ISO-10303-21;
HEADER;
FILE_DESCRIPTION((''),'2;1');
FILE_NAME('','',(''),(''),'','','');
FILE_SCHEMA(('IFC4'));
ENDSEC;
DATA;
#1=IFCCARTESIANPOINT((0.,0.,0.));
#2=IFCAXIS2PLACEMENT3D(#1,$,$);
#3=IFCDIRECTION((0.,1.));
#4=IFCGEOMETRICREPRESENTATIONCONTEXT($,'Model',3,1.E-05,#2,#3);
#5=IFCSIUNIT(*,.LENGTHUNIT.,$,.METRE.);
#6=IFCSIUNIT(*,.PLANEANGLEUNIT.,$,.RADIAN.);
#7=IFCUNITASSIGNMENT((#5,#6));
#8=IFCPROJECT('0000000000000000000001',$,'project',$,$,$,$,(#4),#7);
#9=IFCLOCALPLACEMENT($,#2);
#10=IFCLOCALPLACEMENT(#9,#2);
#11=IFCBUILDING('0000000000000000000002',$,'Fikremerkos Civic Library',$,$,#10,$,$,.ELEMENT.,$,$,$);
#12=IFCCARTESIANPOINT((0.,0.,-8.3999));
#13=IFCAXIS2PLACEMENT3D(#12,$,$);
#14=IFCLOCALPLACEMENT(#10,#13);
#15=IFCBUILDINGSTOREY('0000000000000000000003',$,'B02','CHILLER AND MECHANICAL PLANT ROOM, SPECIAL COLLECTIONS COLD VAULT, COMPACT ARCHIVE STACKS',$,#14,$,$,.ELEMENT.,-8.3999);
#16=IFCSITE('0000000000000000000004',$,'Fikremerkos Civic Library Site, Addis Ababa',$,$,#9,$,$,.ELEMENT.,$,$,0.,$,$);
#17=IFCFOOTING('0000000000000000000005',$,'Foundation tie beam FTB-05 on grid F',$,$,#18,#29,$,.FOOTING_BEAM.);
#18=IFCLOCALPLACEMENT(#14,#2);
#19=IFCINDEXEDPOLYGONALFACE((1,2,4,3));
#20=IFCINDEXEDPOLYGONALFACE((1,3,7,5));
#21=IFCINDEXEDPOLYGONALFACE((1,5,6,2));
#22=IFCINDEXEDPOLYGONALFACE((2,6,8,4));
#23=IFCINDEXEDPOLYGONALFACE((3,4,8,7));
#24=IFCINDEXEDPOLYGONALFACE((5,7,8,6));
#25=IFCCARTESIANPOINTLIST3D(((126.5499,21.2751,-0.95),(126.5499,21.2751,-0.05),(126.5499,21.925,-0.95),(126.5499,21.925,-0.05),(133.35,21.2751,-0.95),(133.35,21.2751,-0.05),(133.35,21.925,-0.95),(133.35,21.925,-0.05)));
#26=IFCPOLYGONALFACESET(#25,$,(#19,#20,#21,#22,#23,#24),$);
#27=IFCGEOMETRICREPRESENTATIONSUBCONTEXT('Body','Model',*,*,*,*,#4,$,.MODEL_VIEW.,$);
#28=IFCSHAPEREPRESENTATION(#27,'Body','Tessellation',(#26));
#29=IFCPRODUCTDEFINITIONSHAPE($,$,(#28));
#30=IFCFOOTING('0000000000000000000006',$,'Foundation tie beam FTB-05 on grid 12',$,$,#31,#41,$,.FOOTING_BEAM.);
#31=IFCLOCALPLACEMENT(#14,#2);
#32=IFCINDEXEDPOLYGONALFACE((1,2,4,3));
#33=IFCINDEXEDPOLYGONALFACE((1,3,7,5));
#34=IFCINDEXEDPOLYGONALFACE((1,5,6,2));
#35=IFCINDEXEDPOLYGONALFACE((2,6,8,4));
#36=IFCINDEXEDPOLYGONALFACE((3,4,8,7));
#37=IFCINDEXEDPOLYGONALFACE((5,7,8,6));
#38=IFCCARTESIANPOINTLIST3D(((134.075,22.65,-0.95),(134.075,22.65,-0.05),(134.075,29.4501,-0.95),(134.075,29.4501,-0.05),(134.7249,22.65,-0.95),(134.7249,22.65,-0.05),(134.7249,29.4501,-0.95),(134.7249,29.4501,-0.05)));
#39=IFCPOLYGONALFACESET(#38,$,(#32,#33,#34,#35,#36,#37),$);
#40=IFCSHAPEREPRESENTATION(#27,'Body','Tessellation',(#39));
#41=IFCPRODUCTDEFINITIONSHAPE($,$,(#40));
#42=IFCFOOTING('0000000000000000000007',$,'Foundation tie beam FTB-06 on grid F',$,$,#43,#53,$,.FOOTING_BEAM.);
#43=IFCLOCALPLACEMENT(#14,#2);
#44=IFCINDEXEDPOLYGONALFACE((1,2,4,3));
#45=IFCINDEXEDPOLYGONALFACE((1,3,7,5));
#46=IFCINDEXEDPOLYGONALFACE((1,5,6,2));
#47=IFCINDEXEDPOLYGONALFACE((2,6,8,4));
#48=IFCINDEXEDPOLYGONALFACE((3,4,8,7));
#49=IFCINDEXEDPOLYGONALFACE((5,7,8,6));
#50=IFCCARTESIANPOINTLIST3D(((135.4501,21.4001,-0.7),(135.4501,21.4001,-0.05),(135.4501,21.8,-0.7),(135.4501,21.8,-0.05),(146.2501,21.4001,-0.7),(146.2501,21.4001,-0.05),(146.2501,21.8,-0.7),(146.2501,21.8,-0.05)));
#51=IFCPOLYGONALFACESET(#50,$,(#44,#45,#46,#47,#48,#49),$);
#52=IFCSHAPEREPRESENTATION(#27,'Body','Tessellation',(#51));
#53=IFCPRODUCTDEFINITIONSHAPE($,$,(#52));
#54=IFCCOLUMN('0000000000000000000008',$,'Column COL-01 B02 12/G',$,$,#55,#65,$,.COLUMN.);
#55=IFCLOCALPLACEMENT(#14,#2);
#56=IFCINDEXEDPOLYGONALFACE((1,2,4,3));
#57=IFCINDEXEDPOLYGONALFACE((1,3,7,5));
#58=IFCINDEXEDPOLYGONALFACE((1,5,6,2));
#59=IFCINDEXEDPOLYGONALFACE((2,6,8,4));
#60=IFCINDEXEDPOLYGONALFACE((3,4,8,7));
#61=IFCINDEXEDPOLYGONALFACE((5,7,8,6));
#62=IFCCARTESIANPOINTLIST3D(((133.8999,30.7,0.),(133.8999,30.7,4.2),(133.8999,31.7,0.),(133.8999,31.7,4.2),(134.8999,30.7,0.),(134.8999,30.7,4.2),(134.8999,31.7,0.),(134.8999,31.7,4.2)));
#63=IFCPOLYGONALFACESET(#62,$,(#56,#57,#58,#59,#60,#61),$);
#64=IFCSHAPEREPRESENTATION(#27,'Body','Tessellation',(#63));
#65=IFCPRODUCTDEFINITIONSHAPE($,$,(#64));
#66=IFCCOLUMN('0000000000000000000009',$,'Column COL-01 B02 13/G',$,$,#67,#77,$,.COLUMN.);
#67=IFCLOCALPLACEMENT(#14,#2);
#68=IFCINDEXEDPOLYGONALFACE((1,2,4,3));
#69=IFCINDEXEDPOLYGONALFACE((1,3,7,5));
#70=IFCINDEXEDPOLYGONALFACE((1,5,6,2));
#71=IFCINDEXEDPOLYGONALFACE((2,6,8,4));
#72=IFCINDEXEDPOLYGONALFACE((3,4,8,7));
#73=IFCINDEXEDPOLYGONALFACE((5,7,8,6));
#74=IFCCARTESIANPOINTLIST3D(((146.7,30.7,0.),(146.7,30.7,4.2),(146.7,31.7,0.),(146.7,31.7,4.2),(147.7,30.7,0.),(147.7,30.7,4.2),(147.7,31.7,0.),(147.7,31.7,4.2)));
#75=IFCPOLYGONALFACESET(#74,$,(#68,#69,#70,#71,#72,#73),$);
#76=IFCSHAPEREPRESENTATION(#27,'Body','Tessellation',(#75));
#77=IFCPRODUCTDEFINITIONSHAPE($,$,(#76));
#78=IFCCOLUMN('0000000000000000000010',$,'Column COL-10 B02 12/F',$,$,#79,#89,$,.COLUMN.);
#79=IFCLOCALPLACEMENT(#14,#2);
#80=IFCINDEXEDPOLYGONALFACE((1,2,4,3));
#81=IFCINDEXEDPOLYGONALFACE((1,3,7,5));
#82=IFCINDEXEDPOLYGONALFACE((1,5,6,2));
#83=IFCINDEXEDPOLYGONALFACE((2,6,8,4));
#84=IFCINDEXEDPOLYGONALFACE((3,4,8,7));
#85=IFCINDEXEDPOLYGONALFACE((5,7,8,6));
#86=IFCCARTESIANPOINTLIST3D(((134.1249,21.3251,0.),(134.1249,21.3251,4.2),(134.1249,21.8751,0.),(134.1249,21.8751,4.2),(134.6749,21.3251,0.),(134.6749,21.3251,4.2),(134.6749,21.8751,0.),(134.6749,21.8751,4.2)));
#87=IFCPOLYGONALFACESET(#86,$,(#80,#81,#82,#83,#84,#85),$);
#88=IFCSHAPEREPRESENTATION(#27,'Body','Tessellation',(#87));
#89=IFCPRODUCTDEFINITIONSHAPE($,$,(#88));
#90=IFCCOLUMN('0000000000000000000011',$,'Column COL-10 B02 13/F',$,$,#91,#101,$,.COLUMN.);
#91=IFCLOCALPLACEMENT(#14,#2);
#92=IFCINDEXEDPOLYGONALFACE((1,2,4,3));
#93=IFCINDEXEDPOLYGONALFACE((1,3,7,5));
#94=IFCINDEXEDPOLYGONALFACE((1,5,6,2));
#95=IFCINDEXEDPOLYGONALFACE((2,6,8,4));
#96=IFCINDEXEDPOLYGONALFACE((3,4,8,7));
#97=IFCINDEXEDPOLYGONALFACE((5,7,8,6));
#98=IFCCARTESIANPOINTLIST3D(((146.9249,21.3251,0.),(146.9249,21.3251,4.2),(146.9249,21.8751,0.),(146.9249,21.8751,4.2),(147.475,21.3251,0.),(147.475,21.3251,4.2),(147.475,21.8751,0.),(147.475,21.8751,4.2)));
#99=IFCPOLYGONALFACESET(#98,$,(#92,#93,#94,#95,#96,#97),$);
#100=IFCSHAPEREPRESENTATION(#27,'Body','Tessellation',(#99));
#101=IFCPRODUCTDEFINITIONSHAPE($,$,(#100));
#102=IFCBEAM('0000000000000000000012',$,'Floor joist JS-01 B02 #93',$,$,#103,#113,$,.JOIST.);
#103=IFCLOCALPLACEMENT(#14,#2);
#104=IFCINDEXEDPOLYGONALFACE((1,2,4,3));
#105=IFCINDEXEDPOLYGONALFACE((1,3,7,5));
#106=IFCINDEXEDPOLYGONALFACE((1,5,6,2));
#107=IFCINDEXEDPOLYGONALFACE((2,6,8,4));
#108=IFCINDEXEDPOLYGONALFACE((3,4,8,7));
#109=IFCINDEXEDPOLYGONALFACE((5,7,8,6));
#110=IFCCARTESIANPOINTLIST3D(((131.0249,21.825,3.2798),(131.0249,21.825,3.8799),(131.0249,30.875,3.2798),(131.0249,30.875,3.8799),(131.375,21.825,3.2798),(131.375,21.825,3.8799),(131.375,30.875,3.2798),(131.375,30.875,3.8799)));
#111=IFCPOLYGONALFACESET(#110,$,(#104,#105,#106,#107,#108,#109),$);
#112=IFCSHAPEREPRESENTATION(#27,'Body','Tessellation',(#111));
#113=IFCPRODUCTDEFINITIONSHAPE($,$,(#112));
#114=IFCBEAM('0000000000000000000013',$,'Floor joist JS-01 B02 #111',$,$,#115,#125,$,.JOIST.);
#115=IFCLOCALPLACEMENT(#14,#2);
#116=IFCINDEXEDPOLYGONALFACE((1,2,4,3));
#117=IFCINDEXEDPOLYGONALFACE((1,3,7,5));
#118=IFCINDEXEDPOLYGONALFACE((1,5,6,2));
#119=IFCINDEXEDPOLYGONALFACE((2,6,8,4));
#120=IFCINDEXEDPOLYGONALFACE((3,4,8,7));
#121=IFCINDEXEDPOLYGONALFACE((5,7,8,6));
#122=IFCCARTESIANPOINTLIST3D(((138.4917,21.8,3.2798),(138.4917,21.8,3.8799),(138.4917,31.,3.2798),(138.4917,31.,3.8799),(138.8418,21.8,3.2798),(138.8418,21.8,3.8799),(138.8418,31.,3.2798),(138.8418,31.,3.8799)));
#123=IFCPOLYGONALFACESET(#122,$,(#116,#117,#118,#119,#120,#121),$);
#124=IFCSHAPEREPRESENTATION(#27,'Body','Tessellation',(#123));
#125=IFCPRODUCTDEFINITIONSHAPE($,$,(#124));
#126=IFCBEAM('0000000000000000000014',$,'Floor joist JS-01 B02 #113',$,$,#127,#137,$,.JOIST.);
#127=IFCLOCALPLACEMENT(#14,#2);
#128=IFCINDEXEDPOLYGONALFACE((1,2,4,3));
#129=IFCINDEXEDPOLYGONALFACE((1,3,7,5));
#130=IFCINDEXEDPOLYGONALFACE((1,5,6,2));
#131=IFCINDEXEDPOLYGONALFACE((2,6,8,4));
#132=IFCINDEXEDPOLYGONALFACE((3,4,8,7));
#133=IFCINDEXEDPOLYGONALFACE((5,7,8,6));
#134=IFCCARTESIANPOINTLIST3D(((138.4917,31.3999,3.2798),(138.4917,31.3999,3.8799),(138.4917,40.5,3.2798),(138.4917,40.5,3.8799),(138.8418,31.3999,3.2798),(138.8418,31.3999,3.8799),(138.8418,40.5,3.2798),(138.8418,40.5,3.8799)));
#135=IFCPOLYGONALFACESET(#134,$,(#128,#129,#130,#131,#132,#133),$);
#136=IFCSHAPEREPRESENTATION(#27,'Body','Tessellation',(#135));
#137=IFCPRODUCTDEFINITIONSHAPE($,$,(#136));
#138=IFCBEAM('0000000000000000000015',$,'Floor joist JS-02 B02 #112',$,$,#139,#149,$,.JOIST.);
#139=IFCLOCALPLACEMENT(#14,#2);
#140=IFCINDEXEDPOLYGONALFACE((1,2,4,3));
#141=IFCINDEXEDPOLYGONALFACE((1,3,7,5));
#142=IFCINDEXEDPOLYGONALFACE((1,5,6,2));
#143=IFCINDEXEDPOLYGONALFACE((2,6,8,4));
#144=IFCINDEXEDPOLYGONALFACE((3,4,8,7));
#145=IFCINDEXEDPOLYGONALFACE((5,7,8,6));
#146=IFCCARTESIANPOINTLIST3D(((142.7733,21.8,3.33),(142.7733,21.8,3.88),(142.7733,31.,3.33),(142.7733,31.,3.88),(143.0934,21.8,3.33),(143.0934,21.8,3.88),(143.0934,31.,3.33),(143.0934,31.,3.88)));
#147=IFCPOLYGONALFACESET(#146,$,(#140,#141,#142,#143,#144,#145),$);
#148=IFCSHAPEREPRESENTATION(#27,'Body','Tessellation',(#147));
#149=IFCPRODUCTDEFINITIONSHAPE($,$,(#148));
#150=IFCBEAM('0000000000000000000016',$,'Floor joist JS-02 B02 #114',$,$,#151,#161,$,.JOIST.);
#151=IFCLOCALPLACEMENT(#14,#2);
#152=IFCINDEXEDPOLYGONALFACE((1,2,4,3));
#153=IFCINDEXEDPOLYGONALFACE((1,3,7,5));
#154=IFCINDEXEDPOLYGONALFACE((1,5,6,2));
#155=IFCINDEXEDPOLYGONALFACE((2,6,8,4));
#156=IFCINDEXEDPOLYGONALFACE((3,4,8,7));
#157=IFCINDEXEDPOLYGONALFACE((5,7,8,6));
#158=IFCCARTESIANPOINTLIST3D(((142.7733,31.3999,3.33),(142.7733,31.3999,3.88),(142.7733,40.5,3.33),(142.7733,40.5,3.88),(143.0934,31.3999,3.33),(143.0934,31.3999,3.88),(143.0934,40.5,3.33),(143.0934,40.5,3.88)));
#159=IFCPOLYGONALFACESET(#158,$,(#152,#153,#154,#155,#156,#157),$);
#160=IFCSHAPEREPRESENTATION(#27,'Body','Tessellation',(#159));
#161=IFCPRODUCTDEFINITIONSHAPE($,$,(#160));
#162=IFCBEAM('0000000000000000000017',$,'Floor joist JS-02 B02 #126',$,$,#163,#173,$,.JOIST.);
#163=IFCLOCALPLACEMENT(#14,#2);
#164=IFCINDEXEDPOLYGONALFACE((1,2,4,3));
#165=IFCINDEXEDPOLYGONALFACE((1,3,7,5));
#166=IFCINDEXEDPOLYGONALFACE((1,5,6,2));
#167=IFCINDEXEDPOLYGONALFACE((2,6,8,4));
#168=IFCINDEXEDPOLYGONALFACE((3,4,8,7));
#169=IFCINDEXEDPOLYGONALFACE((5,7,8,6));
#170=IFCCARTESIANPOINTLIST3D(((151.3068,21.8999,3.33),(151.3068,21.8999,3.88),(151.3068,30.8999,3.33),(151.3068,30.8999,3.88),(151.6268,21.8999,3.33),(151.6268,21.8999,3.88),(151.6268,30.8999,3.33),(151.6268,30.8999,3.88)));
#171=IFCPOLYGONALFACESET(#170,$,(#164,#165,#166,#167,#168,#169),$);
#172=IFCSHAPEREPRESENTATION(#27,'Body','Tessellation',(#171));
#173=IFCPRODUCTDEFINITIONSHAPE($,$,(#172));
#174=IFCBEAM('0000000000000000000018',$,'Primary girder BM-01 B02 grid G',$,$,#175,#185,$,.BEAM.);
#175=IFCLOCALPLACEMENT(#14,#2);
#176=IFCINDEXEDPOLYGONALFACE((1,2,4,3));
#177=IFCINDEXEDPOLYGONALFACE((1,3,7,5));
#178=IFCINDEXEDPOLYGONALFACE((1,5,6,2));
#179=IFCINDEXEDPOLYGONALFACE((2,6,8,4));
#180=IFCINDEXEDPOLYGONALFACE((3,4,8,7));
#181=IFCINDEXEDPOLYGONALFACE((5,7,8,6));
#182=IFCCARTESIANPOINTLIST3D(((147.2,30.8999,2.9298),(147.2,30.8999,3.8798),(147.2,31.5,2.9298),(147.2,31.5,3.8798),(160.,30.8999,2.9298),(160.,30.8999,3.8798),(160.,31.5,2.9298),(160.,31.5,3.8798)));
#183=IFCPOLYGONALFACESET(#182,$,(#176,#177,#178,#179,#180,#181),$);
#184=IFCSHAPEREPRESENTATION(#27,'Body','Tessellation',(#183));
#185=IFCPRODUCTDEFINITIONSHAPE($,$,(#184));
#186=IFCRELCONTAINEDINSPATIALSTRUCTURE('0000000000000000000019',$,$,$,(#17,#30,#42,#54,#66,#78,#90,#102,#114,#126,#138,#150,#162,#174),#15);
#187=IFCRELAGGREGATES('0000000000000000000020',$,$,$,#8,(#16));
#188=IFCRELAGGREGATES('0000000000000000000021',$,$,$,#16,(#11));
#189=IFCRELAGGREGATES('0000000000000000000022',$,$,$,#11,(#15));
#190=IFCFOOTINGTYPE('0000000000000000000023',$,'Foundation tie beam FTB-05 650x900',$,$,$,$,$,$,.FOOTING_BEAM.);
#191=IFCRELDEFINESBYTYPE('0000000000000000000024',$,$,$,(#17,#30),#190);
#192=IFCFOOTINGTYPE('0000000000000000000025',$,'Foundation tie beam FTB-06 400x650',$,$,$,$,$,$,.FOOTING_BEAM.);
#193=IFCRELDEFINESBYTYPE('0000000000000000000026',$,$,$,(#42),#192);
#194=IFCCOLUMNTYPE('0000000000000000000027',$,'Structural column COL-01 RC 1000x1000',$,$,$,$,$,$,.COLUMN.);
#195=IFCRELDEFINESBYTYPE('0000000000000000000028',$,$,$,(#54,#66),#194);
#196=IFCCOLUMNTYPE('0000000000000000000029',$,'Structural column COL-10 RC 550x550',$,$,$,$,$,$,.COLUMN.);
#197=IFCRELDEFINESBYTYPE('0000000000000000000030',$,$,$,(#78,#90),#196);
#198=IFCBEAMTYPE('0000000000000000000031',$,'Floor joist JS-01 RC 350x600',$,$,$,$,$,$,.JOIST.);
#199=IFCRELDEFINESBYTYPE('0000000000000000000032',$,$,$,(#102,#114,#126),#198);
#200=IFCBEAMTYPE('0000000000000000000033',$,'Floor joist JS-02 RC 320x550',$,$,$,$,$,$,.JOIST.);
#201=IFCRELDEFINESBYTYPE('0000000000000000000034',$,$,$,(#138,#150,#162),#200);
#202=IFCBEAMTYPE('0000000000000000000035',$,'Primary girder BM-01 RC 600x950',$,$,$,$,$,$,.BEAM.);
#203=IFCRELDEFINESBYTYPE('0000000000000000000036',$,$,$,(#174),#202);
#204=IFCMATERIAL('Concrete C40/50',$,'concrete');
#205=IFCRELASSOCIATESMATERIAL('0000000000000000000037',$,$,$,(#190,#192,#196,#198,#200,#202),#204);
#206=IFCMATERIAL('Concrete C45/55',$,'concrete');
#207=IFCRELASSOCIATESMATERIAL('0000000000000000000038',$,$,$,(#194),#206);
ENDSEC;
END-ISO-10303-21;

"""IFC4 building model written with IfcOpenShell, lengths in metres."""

from ifc_helpers import new_model, si_unit, direction, frame, origin, origin_2d, place, context, subcontext, project, spatial, rectangle, extrude, material, material_profile, profile_set, type_object, element, save


model = new_model("IFC4")

# Units and contexts
model_context = context("Model", 3, precision=1e-05, world=origin(), true_north=direction((0.0, 1.0)))
body_context = subcontext(model_context, "Body", "Model", "MODEL_VIEW")
ifc_project = project(units=[si_unit("LENGTHUNIT", "METRE"), si_unit("PLANEANGLEUNIT", "RADIAN")], contexts=[model_context])

# Site, building, storey
site_placement = place(None, origin())
site = spatial("IfcSite", under=ifc_project, at=site_placement, Name="Fikremerkos Civic Library Site, Addis Ababa", CompositionType="ELEMENT", RefElevation=0.0)
building_placement = place(site_placement, origin())
building = spatial("IfcBuilding", under=site, at=building_placement, Name="Fikremerkos Civic Library", CompositionType="ELEMENT")
storey_placement = place(building_placement, frame((0.0, 0.0, -8.3999)))
storey = spatial("IfcBuildingStorey", under=building, at=storey_placement, Name="B02", Description="CHILLER AND MECHANICAL PLANT ROOM, SPECIAL COLLECTIONS COLD VAULT, COMPACT ARCHIVE STACKS", CompositionType="ELEMENT", Elevation=-8.3999)

# Footings
ifc_material_1 = material(Name="Concrete C40/50", Category="concrete")
footing_type_1 = type_object("IfcFootingType", Name="Foundation tie beam FTB-05 650x900", PredefinedType="FOOTING_BEAM", material=ifc_material_1)
for number, where, z_axis, x_axis, name in (
    (1, (129.95, 21.6001, -0.95), (0.0, 0.0, 1.0), (1.0, 0.0, 0.0), "Foundation tie beam FTB-05 on grid F"),
    (2, (134.3999, 26.05, -0.95), (0.0, 0.0, 1.0), (0.0, 1.0, 0.0), "Foundation tie beam FTB-05 on grid 12"),
):
    element("IfcFooting", number, at=place(storey_placement, frame(where, z_axis=z_axis, x_axis=x_axis)), inside=storey, type_object=footing_type_1, Name=name, PredefinedType="FOOTING_BEAM", context=body_context, shape_type="SweptSolid", body=[
        extrude(rectangle(XDim=6.8, YDim=0.6499, at=origin_2d()), origin(), (0.0, 0.0, 1.0), 0.8999),
    ])
footing_type_2 = type_object("IfcFootingType", Name="Foundation tie beam FTB-06 400x650", PredefinedType="FOOTING_BEAM", material=ifc_material_1)
footing_1_placement = place(storey_placement, frame((140.8501, 21.6001, -0.7), z_axis=(0.0, 0.0, 1.0), x_axis=(1.0, 0.0, 0.0)))
element("IfcFooting", 3, at=footing_1_placement, inside=storey, type_object=footing_type_2, Name="Foundation tie beam FTB-06 on grid F", PredefinedType="FOOTING_BEAM", context=body_context, shape_type="SweptSolid", body=[
    extrude(rectangle(XDim=10.8, YDim=0.3999, at=origin_2d()), origin(), (0.0, 0.0, 1.0), 0.6499),
])

# Columns
ifc_material_2 = material(Name="Concrete C45/55", Category="concrete")
ifc_material_profile_1 = material_profile(ifc_material_2, rectangle(XDim=1.0, YDim=1.0, at=origin_2d()), Name="RC 1000x1000")
ifc_profile_set_1 = profile_set([ifc_material_profile_1], Name="Concrete C45/55")
column_type_1 = type_object("IfcColumnType", Name="Structural column COL-01 RC 1000x1000", PredefinedType="COLUMN", material=ifc_profile_set_1)
for number, where, z_axis, x_axis, name in (
    (4, (134.3999, 31.2, 0.0), (0.0, 0.0, 1.0), (1.0, 0.0, 0.0), "Column COL-01 B02 12/G"),
    (5, (147.2, 31.2, 0.0), (0.0, 0.0, 1.0), (1.0, 0.0, 0.0), "Column COL-01 B02 13/G"),
):
    element("IfcColumn", number, at=place(storey_placement, frame(where, z_axis=z_axis, x_axis=x_axis)), inside=storey, type_object=column_type_1, Name=name, PredefinedType="COLUMN", context=body_context, shape_type="SweptSolid", body=[
        extrude(rectangle(XDim=1.0, YDim=1.0, at=origin_2d()), origin(), (0.0, 0.0, 1.0), 4.2),
    ])
ifc_material_profile_2 = material_profile(ifc_material_1, rectangle(XDim=0.55, YDim=0.55, at=origin_2d()), Name="RC 550x550")
ifc_profile_set_2 = profile_set([ifc_material_profile_2], Name="Concrete C40/50")
column_type_2 = type_object("IfcColumnType", Name="Structural column COL-10 RC 550x550", PredefinedType="COLUMN", material=ifc_profile_set_2)
for number, where, z_axis, x_axis, name in (
    (6, (134.3999, 21.6001, 0.0), (0.0, 0.0, 1.0), (1.0, 0.0, 0.0), "Column COL-10 B02 12/F"),
    (7, (147.2, 21.6001, 0.0), (0.0, 0.0, 1.0), (1.0, 0.0, 0.0), "Column COL-10 B02 13/F"),
):
    element("IfcColumn", number, at=place(storey_placement, frame(where, z_axis=z_axis, x_axis=x_axis)), inside=storey, type_object=column_type_2, Name=name, PredefinedType="COLUMN", context=body_context, shape_type="SweptSolid", body=[
        extrude(rectangle(XDim=0.55, YDim=0.55, at=origin_2d()), origin(), (0.0, 0.0, 1.0), 4.2),
    ])

# Beams
ifc_material_profile_3 = material_profile(ifc_material_1, rectangle(XDim=0.3501, YDim=0.6001, at=origin_2d()), Name="RC 350x600")
ifc_profile_set_3 = profile_set([ifc_material_profile_3], Name="Concrete C40/50")
beam_type_1 = type_object("IfcBeamType", Name="Floor joist JS-01 RC 350x600", PredefinedType="JOIST", material=ifc_profile_set_3)
beam_1_placement = place(storey_placement, frame((131.2, 21.825, 3.5798), z_axis=(0.0, 1.0, 0.0), x_axis=(-1.0, 0.0, 0.0)))
element("IfcBeam", 8, at=beam_1_placement, inside=storey, type_object=beam_type_1, Name="Floor joist JS-01 B02 #93", PredefinedType="JOIST", context=body_context, shape_type="SweptSolid", body=[
    extrude(rectangle(XDim=0.3501, YDim=0.6001, at=origin_2d()), origin(), (0.0, 0.0, 1.0), 9.05),
])
beam_2_placement = place(storey_placement, frame((138.6667, 21.8, 3.5798), z_axis=(0.0, 1.0, 0.0), x_axis=(-1.0, 0.0, 0.0)))
element("IfcBeam", 9, at=beam_2_placement, inside=storey, type_object=beam_type_1, Name="Floor joist JS-01 B02 #111", PredefinedType="JOIST", context=body_context, shape_type="SweptSolid", body=[
    extrude(rectangle(XDim=0.3501, YDim=0.6001, at=origin_2d()), origin(), (0.0, 0.0, 1.0), 9.2),
])
beam_3_placement = place(storey_placement, frame((138.6667, 31.3999, 3.5798), z_axis=(0.0, 1.0, 0.0), x_axis=(-1.0, 0.0, 0.0)))
element("IfcBeam", 10, at=beam_3_placement, inside=storey, type_object=beam_type_1, Name="Floor joist JS-01 B02 #113", PredefinedType="JOIST", context=body_context, shape_type="SweptSolid", body=[
    extrude(rectangle(XDim=0.3501, YDim=0.6001, at=origin_2d()), origin(), (0.0, 0.0, 1.0), 9.1001),
])
ifc_material_profile_4 = material_profile(ifc_material_1, rectangle(XDim=0.3201, YDim=0.55, at=origin_2d()), Name="RC 320x550")
ifc_profile_set_4 = profile_set([ifc_material_profile_4], Name="Concrete C40/50")
beam_type_2 = type_object("IfcBeamType", Name="Floor joist JS-02 RC 320x550", PredefinedType="JOIST", material=ifc_profile_set_4)
beam_4_placement = place(storey_placement, frame((142.9333, 21.8, 3.605), z_axis=(0.0, 1.0, 0.0), x_axis=(-1.0, 0.0, 0.0)))
element("IfcBeam", 11, at=beam_4_placement, inside=storey, type_object=beam_type_2, Name="Floor joist JS-02 B02 #112", PredefinedType="JOIST", context=body_context, shape_type="SweptSolid", body=[
    extrude(rectangle(XDim=0.3201, YDim=0.55, at=origin_2d()), origin(), (0.0, 0.0, 1.0), 9.2),
])
beam_5_placement = place(storey_placement, frame((142.9333, 31.3999, 3.605), z_axis=(0.0, 1.0, 0.0), x_axis=(-1.0, 0.0, 0.0)))
element("IfcBeam", 12, at=beam_5_placement, inside=storey, type_object=beam_type_2, Name="Floor joist JS-02 B02 #114", PredefinedType="JOIST", context=body_context, shape_type="SweptSolid", body=[
    extrude(rectangle(XDim=0.3201, YDim=0.55, at=origin_2d()), origin(), (0.0, 0.0, 1.0), 9.1001),
])
beam_6_placement = place(storey_placement, frame((151.4668, 21.8999, 3.605), z_axis=(0.0, 1.0, 0.0), x_axis=(-1.0, 0.0, 0.0)))
element("IfcBeam", 13, at=beam_6_placement, inside=storey, type_object=beam_type_2, Name="Floor joist JS-02 B02 #126", PredefinedType="JOIST", context=body_context, shape_type="SweptSolid", body=[
    extrude(rectangle(XDim=0.3201, YDim=0.55, at=origin_2d()), origin(), (0.0, 0.0, 1.0), 9.0),
])
ifc_material_profile_5 = material_profile(ifc_material_1, rectangle(XDim=0.6001, YDim=0.95, at=origin_2d()), Name="RC 600x950")
ifc_profile_set_5 = profile_set([ifc_material_profile_5], Name="Concrete C40/50")
beam_type_3 = type_object("IfcBeamType", Name="Primary girder BM-01 RC 600x950", PredefinedType="BEAM", material=ifc_profile_set_5)
beam_7_placement = place(storey_placement, frame((147.2, 31.2, 3.4048), z_axis=(1.0, 0.0, 0.0), x_axis=(0.0, 1.0, 0.0)))
element("IfcBeam", 14, at=beam_7_placement, inside=storey, type_object=beam_type_3, Name="Primary girder BM-01 B02 grid G", PredefinedType="BEAM", context=body_context, shape_type="SweptSolid", body=[
    extrude(rectangle(XDim=0.6001, YDim=0.95, at=origin_2d()), origin(), (0.0, 0.0, 1.0), 12.8),
])

save(model, "model.ifc")
